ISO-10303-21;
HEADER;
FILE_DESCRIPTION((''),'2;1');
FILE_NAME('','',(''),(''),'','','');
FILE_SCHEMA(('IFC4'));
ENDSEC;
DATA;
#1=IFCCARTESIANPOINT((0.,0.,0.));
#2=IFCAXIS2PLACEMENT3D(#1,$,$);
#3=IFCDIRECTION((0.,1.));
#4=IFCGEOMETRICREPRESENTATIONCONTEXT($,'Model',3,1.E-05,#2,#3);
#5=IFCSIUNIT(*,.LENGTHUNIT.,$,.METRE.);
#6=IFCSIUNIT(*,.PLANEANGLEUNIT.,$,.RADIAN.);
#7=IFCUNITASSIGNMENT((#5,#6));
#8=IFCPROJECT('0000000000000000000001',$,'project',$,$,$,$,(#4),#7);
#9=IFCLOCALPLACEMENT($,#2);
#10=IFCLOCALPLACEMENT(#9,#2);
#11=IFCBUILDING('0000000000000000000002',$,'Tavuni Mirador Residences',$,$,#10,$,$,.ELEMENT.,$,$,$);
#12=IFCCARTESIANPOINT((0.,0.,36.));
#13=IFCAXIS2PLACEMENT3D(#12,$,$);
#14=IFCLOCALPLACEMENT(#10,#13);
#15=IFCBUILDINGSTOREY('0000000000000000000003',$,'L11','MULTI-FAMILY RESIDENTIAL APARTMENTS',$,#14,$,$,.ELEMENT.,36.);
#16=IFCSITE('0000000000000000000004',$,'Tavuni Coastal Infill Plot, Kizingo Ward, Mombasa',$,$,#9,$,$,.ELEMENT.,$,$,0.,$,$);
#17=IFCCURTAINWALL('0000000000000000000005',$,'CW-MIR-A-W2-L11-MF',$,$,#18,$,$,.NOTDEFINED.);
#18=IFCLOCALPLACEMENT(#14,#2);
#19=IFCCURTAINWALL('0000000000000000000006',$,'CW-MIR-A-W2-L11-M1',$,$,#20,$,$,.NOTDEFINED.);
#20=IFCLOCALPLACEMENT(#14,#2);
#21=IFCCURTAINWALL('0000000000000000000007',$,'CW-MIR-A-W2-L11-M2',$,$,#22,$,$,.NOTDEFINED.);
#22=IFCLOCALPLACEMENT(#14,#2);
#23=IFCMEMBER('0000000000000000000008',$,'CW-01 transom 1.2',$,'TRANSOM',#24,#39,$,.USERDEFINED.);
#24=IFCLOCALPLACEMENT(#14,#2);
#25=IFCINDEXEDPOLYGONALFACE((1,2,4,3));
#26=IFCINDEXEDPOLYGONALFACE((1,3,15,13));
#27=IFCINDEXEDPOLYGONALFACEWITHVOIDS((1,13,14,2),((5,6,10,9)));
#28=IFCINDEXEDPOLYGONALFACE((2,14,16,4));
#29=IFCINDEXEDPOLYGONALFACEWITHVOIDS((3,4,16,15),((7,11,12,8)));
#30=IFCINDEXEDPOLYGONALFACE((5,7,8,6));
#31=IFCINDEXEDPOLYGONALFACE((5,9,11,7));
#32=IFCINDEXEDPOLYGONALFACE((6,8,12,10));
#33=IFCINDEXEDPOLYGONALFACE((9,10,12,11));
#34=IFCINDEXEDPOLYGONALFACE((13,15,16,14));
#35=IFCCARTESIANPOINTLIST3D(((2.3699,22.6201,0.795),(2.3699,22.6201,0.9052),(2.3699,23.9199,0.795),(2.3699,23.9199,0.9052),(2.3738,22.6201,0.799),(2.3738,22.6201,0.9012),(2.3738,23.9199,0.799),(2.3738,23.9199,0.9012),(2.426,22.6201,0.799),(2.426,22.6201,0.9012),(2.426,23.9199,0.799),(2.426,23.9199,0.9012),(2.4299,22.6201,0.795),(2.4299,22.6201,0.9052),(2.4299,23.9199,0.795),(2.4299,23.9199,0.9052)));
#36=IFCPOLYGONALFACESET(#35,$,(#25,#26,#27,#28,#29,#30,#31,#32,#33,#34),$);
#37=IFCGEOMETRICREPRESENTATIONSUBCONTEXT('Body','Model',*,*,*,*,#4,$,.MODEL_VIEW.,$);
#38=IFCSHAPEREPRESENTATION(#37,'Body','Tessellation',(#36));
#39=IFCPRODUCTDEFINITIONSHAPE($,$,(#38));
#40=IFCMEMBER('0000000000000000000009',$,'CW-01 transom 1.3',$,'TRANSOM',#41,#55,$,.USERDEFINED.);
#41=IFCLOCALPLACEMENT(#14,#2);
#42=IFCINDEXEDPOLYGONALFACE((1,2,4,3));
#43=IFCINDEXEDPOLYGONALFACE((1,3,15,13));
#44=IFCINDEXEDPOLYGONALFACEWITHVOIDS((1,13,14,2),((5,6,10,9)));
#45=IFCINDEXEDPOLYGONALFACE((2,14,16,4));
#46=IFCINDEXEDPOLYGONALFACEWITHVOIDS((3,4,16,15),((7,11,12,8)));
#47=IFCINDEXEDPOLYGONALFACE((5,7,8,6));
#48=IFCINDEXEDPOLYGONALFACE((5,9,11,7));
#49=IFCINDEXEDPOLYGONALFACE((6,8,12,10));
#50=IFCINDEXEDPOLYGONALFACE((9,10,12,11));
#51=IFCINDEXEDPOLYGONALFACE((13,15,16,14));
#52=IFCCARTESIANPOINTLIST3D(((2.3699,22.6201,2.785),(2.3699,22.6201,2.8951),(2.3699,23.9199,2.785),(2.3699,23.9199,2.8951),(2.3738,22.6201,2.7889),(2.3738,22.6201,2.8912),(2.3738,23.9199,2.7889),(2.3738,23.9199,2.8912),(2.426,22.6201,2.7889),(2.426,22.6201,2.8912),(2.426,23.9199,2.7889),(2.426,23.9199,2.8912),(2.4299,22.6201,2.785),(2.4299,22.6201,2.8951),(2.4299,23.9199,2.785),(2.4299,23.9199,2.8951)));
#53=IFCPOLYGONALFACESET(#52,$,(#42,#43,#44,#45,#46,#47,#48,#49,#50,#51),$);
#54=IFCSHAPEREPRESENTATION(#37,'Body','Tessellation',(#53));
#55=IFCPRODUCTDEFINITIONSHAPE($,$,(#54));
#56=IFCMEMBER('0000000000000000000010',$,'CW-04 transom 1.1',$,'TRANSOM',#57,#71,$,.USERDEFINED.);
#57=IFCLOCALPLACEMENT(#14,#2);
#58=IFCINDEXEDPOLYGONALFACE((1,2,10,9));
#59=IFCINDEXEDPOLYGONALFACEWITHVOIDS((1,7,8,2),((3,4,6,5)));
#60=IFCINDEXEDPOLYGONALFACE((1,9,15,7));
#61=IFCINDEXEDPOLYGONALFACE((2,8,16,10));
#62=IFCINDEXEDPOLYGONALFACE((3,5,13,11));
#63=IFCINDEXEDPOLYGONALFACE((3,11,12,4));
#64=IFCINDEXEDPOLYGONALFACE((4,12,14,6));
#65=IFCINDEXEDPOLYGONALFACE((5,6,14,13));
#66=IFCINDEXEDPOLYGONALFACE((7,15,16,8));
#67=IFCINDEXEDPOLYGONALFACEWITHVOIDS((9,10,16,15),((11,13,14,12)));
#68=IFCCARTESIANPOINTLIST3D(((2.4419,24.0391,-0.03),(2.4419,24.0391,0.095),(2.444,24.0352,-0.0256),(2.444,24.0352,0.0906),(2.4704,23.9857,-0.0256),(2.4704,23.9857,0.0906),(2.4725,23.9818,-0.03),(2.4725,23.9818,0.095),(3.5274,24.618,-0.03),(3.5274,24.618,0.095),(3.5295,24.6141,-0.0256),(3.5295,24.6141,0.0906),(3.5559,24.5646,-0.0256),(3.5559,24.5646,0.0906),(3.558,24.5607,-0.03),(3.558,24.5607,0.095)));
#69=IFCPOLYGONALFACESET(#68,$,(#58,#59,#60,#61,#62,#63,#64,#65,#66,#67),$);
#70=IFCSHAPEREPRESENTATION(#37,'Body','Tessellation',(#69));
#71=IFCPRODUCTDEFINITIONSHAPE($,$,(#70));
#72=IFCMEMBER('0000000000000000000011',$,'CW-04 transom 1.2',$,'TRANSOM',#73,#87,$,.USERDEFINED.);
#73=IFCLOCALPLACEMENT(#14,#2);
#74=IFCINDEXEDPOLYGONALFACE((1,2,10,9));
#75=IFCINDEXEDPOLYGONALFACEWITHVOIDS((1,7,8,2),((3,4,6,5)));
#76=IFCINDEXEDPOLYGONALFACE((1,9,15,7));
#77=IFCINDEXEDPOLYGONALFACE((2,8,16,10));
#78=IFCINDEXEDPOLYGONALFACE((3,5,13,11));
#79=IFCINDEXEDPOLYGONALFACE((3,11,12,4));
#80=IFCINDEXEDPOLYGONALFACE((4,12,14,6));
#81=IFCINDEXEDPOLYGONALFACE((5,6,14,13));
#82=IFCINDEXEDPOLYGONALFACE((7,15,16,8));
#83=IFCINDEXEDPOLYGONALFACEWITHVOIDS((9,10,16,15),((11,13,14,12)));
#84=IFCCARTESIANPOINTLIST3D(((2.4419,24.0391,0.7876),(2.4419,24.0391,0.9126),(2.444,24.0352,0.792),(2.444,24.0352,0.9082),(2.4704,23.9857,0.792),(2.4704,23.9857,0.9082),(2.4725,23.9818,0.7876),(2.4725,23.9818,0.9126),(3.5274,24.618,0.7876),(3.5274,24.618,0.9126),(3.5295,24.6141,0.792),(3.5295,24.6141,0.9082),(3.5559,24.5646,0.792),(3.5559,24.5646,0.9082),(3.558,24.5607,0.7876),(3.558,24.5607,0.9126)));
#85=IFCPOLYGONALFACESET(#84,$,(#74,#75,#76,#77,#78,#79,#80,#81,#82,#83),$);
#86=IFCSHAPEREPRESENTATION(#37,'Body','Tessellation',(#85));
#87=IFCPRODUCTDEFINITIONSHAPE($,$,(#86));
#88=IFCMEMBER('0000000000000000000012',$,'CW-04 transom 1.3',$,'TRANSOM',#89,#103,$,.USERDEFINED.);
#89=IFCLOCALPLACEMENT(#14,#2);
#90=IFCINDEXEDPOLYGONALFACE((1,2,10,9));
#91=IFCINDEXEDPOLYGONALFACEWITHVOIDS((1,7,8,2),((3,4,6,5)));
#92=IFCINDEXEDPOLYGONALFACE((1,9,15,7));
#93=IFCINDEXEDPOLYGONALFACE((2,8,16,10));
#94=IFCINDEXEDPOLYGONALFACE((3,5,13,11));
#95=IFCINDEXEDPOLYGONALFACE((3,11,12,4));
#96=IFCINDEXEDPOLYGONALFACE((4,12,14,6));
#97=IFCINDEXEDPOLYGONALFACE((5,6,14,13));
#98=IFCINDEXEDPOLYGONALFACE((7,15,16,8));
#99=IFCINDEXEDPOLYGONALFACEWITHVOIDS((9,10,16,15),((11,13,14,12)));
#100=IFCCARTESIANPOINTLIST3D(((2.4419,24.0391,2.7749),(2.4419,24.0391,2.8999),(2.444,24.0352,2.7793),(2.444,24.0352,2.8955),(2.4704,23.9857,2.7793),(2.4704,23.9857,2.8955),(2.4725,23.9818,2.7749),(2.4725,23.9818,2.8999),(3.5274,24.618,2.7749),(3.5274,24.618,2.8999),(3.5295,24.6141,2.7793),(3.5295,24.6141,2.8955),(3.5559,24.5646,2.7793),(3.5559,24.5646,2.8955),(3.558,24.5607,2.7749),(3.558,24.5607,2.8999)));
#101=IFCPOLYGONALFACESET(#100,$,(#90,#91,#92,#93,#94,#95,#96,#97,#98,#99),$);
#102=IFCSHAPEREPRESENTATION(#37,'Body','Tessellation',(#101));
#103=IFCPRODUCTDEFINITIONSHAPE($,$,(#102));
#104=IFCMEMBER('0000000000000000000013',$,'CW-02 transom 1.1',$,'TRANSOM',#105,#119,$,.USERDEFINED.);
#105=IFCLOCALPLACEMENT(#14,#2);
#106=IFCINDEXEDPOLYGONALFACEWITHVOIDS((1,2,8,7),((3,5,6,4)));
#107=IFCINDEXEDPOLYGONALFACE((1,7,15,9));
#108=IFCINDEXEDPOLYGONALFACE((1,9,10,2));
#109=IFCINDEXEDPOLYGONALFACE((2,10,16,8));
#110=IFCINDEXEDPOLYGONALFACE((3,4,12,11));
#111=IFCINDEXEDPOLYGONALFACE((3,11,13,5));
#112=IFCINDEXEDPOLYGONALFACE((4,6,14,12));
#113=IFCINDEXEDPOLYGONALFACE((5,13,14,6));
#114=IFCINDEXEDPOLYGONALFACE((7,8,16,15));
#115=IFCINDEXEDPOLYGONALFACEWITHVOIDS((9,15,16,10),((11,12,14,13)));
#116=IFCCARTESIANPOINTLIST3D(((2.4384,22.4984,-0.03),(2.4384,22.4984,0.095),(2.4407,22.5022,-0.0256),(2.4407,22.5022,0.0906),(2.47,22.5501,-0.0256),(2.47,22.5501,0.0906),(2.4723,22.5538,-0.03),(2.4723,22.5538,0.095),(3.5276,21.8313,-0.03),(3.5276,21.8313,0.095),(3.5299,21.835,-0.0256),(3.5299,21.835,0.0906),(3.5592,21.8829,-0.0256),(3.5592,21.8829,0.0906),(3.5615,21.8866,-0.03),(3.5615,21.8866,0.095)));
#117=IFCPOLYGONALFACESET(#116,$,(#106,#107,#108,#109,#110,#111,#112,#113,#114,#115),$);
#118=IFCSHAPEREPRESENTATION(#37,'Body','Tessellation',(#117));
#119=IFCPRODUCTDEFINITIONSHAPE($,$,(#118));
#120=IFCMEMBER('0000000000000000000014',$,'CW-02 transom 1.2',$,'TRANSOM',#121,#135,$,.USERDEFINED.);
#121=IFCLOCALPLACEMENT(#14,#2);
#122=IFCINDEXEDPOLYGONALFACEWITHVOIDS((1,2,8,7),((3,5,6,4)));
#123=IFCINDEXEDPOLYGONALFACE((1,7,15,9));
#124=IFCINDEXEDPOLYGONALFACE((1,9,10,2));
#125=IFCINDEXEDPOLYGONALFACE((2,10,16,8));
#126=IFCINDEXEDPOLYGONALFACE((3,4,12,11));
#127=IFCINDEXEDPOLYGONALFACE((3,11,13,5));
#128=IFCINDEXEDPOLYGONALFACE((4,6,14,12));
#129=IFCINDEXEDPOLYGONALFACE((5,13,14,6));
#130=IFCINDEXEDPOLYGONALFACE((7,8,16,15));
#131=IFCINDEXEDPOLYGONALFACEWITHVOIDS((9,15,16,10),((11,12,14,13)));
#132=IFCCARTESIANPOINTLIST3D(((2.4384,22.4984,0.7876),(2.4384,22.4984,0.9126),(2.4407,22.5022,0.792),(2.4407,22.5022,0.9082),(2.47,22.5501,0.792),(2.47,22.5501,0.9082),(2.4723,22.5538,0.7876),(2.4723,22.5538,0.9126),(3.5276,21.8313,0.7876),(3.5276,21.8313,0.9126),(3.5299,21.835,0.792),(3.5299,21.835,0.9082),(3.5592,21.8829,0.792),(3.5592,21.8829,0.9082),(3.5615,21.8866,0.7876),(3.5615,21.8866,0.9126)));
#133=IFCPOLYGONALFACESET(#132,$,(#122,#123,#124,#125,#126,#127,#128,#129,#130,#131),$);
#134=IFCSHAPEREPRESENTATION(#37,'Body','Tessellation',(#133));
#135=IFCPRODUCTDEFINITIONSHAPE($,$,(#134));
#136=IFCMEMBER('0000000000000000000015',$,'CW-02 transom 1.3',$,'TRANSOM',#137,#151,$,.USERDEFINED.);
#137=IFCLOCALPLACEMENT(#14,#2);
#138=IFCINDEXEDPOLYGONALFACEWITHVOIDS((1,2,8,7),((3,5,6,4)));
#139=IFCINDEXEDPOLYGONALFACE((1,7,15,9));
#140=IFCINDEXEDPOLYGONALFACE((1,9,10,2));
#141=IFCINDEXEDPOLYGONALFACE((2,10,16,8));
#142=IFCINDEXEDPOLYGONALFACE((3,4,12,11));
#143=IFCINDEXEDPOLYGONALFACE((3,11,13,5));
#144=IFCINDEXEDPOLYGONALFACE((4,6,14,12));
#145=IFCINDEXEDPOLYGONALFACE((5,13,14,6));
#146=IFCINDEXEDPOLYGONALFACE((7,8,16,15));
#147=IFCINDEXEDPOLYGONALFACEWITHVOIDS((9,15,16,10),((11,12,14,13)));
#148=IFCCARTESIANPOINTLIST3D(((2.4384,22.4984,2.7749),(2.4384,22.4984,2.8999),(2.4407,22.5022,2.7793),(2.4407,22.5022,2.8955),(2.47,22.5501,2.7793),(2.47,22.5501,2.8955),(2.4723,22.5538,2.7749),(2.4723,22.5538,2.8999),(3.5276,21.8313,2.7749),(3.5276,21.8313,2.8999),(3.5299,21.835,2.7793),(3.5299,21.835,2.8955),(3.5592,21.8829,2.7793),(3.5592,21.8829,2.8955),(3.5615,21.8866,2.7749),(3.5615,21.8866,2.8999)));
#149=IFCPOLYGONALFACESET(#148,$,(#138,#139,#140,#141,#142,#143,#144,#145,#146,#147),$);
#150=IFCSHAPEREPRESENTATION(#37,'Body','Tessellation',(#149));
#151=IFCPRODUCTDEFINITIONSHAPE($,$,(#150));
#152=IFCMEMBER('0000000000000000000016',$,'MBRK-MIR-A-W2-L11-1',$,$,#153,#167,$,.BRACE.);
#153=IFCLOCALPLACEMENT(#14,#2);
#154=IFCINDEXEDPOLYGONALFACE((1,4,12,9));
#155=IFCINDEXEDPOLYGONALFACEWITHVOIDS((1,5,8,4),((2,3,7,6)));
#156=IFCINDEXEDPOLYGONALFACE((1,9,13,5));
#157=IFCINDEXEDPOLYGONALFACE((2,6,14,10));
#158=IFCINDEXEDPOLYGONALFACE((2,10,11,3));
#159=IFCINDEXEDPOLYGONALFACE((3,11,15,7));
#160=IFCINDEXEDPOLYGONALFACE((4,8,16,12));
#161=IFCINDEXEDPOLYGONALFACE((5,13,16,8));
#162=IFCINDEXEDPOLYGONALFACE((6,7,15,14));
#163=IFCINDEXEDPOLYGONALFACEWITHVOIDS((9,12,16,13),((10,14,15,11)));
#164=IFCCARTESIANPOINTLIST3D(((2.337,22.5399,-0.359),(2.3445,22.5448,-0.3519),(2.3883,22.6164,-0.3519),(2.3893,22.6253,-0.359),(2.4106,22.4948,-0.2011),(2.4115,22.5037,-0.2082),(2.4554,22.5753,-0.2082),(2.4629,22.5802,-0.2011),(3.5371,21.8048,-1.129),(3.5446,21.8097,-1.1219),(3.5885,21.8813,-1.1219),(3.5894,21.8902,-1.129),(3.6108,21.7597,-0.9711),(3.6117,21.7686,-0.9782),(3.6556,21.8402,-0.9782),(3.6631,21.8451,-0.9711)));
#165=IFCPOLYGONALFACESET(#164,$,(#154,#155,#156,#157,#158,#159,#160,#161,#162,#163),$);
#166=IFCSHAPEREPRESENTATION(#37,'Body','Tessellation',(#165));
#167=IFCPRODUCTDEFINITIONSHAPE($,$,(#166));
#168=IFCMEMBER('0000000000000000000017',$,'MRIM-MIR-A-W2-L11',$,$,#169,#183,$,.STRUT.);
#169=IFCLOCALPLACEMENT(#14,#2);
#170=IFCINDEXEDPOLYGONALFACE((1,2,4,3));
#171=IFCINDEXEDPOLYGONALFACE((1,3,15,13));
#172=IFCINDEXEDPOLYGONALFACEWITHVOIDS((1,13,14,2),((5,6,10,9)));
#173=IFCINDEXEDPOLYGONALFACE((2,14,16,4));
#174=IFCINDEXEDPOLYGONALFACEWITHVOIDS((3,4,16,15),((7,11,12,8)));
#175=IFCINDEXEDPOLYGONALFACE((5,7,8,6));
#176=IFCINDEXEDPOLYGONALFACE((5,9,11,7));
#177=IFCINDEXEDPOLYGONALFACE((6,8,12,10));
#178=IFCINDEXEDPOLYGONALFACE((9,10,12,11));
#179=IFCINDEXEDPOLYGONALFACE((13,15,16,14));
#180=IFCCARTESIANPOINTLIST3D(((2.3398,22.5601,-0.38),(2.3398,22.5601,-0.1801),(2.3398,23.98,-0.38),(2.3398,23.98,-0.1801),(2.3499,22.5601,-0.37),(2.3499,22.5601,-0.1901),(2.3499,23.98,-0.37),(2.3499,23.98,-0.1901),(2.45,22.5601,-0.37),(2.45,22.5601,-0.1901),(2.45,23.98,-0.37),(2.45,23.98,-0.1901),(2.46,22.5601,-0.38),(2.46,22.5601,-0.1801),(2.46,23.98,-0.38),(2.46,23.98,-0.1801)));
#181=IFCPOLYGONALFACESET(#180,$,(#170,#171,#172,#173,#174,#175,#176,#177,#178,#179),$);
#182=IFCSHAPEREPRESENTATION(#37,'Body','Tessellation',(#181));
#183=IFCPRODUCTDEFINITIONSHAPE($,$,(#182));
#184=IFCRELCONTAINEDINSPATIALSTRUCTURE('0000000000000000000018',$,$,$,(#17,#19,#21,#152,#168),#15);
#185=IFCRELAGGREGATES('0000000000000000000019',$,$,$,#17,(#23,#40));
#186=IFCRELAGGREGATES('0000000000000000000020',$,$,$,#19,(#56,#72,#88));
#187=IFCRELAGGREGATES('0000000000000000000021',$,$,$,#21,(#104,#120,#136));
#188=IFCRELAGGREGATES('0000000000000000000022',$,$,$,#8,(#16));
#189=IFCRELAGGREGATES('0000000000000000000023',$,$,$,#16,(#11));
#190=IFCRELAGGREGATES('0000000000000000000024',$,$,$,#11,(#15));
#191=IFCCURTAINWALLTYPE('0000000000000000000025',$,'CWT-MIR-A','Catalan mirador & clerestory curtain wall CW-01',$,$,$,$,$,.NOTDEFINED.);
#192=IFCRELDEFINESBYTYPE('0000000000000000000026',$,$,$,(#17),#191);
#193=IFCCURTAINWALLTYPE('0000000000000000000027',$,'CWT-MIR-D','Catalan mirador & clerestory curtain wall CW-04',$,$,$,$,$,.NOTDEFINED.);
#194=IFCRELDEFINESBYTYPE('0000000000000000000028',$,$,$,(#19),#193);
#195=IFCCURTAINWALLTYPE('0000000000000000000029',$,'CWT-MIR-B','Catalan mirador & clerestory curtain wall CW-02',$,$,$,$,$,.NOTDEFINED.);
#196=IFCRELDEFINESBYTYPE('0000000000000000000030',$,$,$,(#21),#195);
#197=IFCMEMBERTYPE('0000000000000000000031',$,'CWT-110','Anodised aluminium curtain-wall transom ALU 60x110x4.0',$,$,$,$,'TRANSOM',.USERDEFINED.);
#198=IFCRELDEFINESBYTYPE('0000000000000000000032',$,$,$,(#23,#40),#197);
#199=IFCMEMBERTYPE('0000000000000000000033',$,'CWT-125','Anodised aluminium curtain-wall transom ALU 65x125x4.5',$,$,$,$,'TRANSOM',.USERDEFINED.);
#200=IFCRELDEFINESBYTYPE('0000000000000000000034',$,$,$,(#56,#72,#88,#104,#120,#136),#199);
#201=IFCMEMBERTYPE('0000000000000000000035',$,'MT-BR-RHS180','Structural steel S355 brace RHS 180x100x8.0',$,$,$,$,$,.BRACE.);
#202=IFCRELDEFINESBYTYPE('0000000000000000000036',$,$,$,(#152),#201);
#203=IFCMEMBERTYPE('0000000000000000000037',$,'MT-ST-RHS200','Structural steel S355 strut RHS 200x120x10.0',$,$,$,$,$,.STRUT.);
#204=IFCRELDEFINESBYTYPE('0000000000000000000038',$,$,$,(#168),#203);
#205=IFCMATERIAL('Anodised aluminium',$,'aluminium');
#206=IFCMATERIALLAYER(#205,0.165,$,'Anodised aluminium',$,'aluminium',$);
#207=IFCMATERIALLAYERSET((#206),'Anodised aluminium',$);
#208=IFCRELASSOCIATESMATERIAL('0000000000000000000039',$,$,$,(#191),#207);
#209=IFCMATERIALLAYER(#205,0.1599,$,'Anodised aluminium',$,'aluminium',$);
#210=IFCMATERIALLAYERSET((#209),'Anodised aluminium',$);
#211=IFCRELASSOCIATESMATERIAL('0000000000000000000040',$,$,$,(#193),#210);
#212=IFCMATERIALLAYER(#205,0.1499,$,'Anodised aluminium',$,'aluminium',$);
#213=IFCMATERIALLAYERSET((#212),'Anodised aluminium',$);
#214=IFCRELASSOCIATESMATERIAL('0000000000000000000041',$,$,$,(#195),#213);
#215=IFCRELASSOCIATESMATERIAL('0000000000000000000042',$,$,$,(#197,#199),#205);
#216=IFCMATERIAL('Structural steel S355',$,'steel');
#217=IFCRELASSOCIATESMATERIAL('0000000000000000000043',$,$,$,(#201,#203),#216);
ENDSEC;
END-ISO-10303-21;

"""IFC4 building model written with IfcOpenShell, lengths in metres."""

from ifc_helpers import new_model, si_unit, direction, frame, origin, origin_2d, place, context, subcontext, project, spatial, hollow_rectangle, extrude, material, layer, layer_set, material_profile, profile_set, type_object, element, aggregate, save


model = new_model("IFC4")

# Units and contexts
model_context = context("Model", 3, precision=1e-05, world=origin(), true_north=direction((0.0, 1.0)))
body_context = subcontext(model_context, "Body", "Model", "MODEL_VIEW")
ifc_project = project(units=[si_unit("LENGTHUNIT", "METRE"), si_unit("PLANEANGLEUNIT", "RADIAN")], contexts=[model_context])

# Site, building, storey
site_placement = place(None, origin())
site = spatial("IfcSite", under=ifc_project, at=site_placement, Name="Tavuni Coastal Infill Plot, Kizingo Ward, Mombasa", CompositionType="ELEMENT", RefElevation=0.0)
building_placement = place(site_placement, origin())
building = spatial("IfcBuilding", under=site, at=building_placement, Name="Tavuni Mirador Residences", CompositionType="ELEMENT")
storey_placement = place(building_placement, frame((0.0, 0.0, 36.0)))
storey = spatial("IfcBuildingStorey", under=building, at=storey_placement, Name="L11", Description="MULTI-FAMILY RESIDENTIAL APARTMENTS", CompositionType="ELEMENT", Elevation=36.0)

# Curtain walls
ifc_material_1 = material(Name="Anodised aluminium", Category="aluminium")
ifc_layer_1 = layer(ifc_material_1, 0.165, Name="Anodised aluminium", Category="aluminium")
ifc_layer_set_1 = layer_set([ifc_layer_1], Name="Anodised aluminium")
curtain_wall_type_1 = type_object("IfcCurtainWallType", Name="CWT-MIR-A", Description="Catalan mirador & clerestory curtain wall CW-01", PredefinedType="NOTDEFINED", material=ifc_layer_set_1)
curtain_wall_1_placement = place(storey_placement, origin())
curtain_wall_1 = element("IfcCurtainWall", 1, at=curtain_wall_1_placement, inside=storey, type_object=curtain_wall_type_1, Name="CW-MIR-A-W2-L11-MF", PredefinedType="NOTDEFINED")
ifc_layer_2 = layer(ifc_material_1, 0.1599, Name="Anodised aluminium", Category="aluminium")
ifc_layer_set_2 = layer_set([ifc_layer_2], Name="Anodised aluminium")
curtain_wall_type_2 = type_object("IfcCurtainWallType", Name="CWT-MIR-D", Description="Catalan mirador & clerestory curtain wall CW-04", PredefinedType="NOTDEFINED", material=ifc_layer_set_2)
curtain_wall_2_placement = place(storey_placement, origin())
curtain_wall_2 = element("IfcCurtainWall", 2, at=curtain_wall_2_placement, inside=storey, type_object=curtain_wall_type_2, Name="CW-MIR-A-W2-L11-M1", PredefinedType="NOTDEFINED")
ifc_layer_3 = layer(ifc_material_1, 0.1499, Name="Anodised aluminium", Category="aluminium")
ifc_layer_set_3 = layer_set([ifc_layer_3], Name="Anodised aluminium")
curtain_wall_type_3 = type_object("IfcCurtainWallType", Name="CWT-MIR-B", Description="Catalan mirador & clerestory curtain wall CW-02", PredefinedType="NOTDEFINED", material=ifc_layer_set_3)
curtain_wall_3_placement = place(storey_placement, origin())
curtain_wall_3 = element("IfcCurtainWall", 3, at=curtain_wall_3_placement, inside=storey, type_object=curtain_wall_type_3, Name="CW-MIR-A-W2-L11-M2", PredefinedType="NOTDEFINED")

# Members
ifc_material_profile_1 = material_profile(ifc_material_1, hollow_rectangle(XDim=0.0601, YDim=0.1101, WallThickness=0.0039, at=origin_2d()), Name="ALU 60x110x4.0", Category="aluminium")
ifc_profile_set_1 = profile_set([ifc_material_profile_1], Name="Anodised aluminium")
member_type_1 = type_object("IfcMemberType", Name="CWT-110", Description="Anodised aluminium curtain-wall transom ALU 60x110x4.0", ElementType="TRANSOM", PredefinedType="USERDEFINED", material=ifc_profile_set_1)
member_1_placement = place(storey_placement, frame((2.3999, 23.9199, 0.8501), z_axis=(0.0, -1.0, 0.0), x_axis=(1.0, 0.0, 0.0)))
member_1 = element("IfcMember", 4, at=member_1_placement, type_object=member_type_1, Name="CW-01 transom 1.2", ObjectType="TRANSOM", PredefinedType="USERDEFINED", context=body_context, shape_type="SweptSolid", body=[
    extrude(hollow_rectangle(XDim=0.0601, YDim=0.1101, WallThickness=0.0039, at=origin_2d()), origin(), (0.0, 0.0, 1.0), 1.2998),
])
member_2_placement = place(storey_placement, frame((2.3999, 23.9199, 2.8401), z_axis=(0.0, -1.0, 0.0), x_axis=(1.0, 0.0, 0.0)))
member_2 = element("IfcMember", 5, at=member_2_placement, type_object=member_type_1, Name="CW-01 transom 1.3", ObjectType="TRANSOM", PredefinedType="USERDEFINED", context=body_context, shape_type="SweptSolid", body=[
    extrude(hollow_rectangle(XDim=0.0601, YDim=0.1101, WallThickness=0.0039, at=origin_2d()), origin(), (0.0, 0.0, 1.0), 1.2998),
])
ifc_material_profile_2 = material_profile(ifc_material_1, hollow_rectangle(XDim=0.0649, YDim=0.125, WallThickness=0.0044, at=origin_2d()), Name="ALU 65x125x4.5", Category="aluminium")
ifc_profile_set_2 = profile_set([ifc_material_profile_2], Name="Anodised aluminium")
member_type_2 = type_object("IfcMemberType", Name="CWT-125", Description="Anodised aluminium curtain-wall transom ALU 65x125x4.5", ElementType="TRANSOM", PredefinedType="USERDEFINED", material=ifc_profile_set_2)
member_3_placement = place(storey_placement, frame((3.5427, 24.5894, 0.0325), z_axis=(-0.882369, -0.470557, 0.0), x_axis=(0.470557, -0.882369, 0.0)))
member_3 = element("IfcMember", 6, at=member_3_placement, type_object=member_type_2, Name="CW-04 transom 1.1", ObjectType="TRANSOM", PredefinedType="USERDEFINED", context=body_context, shape_type="SweptSolid", body=[
    extrude(hollow_rectangle(XDim=0.0649, YDim=0.125, WallThickness=0.0044, at=origin_2d()), origin(), (0.0, 0.0, 1.0), 1.2302),
])
member_4_placement = place(storey_placement, frame((3.5427, 24.5894, 0.8501), z_axis=(-0.882369, -0.470557, 0.0), x_axis=(0.470557, -0.882369, 0.0)))
member_4 = element("IfcMember", 7, at=member_4_placement, type_object=member_type_2, Name="CW-04 transom 1.2", ObjectType="TRANSOM", PredefinedType="USERDEFINED", context=body_context, shape_type="SweptSolid", body=[
    extrude(hollow_rectangle(XDim=0.0649, YDim=0.125, WallThickness=0.0044, at=origin_2d()), origin(), (0.0, 0.0, 1.0), 1.2302),
])
member_5_placement = place(storey_placement, frame((3.5427, 24.5894, 2.8374), z_axis=(-0.882369, -0.470557, 0.0), x_axis=(0.470557, -0.882369, 0.0)))
member_5 = element("IfcMember", 8, at=member_5_placement, type_object=member_type_2, Name="CW-04 transom 1.3", ObjectType="TRANSOM", PredefinedType="USERDEFINED", context=body_context, shape_type="SweptSolid", body=[
    extrude(hollow_rectangle(XDim=0.0649, YDim=0.125, WallThickness=0.0044, at=origin_2d()), origin(), (0.0, 0.0, 1.0), 1.2302),
])
member_6_placement = place(storey_placement, frame((2.4553, 22.5261, 0.0325), z_axis=(0.852752, -0.522316, 0.0), x_axis=(0.522316, 0.852752, 0.0)))
member_6 = element("IfcMember", 9, at=member_6_placement, type_object=member_type_2, Name="CW-02 transom 1.1", ObjectType="TRANSOM", PredefinedType="USERDEFINED", context=body_context, shape_type="SweptSolid", body=[
    extrude(hollow_rectangle(XDim=0.0649, YDim=0.125, WallThickness=0.0044, at=origin_2d()), origin(), (0.0, 0.0, 1.0), 1.2773),
])
member_7_placement = place(storey_placement, frame((2.4553, 22.5261, 0.8501), z_axis=(0.852752, -0.522316, 0.0), x_axis=(0.522316, 0.852752, 0.0)))
member_7 = element("IfcMember", 10, at=member_7_placement, type_object=member_type_2, Name="CW-02 transom 1.2", ObjectType="TRANSOM", PredefinedType="USERDEFINED", context=body_context, shape_type="SweptSolid", body=[
    extrude(hollow_rectangle(XDim=0.0649, YDim=0.125, WallThickness=0.0044, at=origin_2d()), origin(), (0.0, 0.0, 1.0), 1.2773),
])
member_8_placement = place(storey_placement, frame((2.4553, 22.5261, 2.8374), z_axis=(0.852752, -0.522316, 0.0), x_axis=(0.522316, 0.852752, 0.0)))
member_8 = element("IfcMember", 11, at=member_8_placement, type_object=member_type_2, Name="CW-02 transom 1.3", ObjectType="TRANSOM", PredefinedType="USERDEFINED", context=body_context, shape_type="SweptSolid", body=[
    extrude(hollow_rectangle(XDim=0.0649, YDim=0.125, WallThickness=0.0044, at=origin_2d()), origin(), (0.0, 0.0, 1.0), 1.2773),
])

# Members
ifc_material_2 = material(Name="Structural steel S355", Category="steel")
ifc_material_profile_3 = material_profile(ifc_material_2, hollow_rectangle(XDim=0.1001, YDim=0.1799, WallThickness=0.0081, at=origin_2d()), Name="RHS 180x100x8.0", Category="steel")
ifc_profile_set_3 = profile_set([ifc_material_profile_3], Name="Structural steel S355")
member_type_3 = type_object("IfcMemberType", Name="MT-BR-RHS180", Description="Structural steel S355 brace RHS 180x100x8.0", PredefinedType="BRACE", material=ifc_profile_set_3)
member_9_placement = place(storey_placement, frame((3.6001, 21.825, -1.05), z_axis=(-0.748111, 0.45821, 0.479972), x_axis=(-0.522306, -0.852758, 0.0)))
element("IfcMember", 12, at=member_9_placement, inside=storey, type_object=member_type_3, Name="MBRK-MIR-A-W2-L11-1", PredefinedType="BRACE", context=body_context, shape_type="SweptSolid", body=[
    extrude(hollow_rectangle(XDim=0.1001, YDim=0.1799, WallThickness=0.0081, at=origin_2d()), origin(), (0.0, 0.0, 1.0), 1.6042),
])
ifc_material_profile_4 = material_profile(ifc_material_2, hollow_rectangle(XDim=0.1201, YDim=0.2, WallThickness=0.01, at=origin_2d()), Name="RHS 200x120x10.0", Category="steel")
ifc_profile_set_4 = profile_set([ifc_material_profile_4], Name="Structural steel S355")
member_type_4 = type_object("IfcMemberType", Name="MT-ST-RHS200", Description="Structural steel S355 strut RHS 200x120x10.0", PredefinedType="STRUT", material=ifc_profile_set_4)
member_10_placement = place(storey_placement, frame((2.3999, 22.5601, -0.28), z_axis=(0.0, 1.0, 0.0), x_axis=(-1.0, 0.0, 0.0)))
element("IfcMember", 13, at=member_10_placement, inside=storey, type_object=member_type_4, Name="MRIM-MIR-A-W2-L11", PredefinedType="STRUT", context=body_context, shape_type="SweptSolid", body=[
    extrude(hollow_rectangle(XDim=0.1201, YDim=0.2, WallThickness=0.01, at=origin_2d()), origin(), (0.0, 0.0, 1.0), 1.4199),
])

aggregate(curtain_wall_1, [member_1, member_2])
aggregate(curtain_wall_2, [member_3, member_4, member_5])
aggregate(curtain_wall_3, [member_6, member_7, member_8])

save(model, "model.ifc")
